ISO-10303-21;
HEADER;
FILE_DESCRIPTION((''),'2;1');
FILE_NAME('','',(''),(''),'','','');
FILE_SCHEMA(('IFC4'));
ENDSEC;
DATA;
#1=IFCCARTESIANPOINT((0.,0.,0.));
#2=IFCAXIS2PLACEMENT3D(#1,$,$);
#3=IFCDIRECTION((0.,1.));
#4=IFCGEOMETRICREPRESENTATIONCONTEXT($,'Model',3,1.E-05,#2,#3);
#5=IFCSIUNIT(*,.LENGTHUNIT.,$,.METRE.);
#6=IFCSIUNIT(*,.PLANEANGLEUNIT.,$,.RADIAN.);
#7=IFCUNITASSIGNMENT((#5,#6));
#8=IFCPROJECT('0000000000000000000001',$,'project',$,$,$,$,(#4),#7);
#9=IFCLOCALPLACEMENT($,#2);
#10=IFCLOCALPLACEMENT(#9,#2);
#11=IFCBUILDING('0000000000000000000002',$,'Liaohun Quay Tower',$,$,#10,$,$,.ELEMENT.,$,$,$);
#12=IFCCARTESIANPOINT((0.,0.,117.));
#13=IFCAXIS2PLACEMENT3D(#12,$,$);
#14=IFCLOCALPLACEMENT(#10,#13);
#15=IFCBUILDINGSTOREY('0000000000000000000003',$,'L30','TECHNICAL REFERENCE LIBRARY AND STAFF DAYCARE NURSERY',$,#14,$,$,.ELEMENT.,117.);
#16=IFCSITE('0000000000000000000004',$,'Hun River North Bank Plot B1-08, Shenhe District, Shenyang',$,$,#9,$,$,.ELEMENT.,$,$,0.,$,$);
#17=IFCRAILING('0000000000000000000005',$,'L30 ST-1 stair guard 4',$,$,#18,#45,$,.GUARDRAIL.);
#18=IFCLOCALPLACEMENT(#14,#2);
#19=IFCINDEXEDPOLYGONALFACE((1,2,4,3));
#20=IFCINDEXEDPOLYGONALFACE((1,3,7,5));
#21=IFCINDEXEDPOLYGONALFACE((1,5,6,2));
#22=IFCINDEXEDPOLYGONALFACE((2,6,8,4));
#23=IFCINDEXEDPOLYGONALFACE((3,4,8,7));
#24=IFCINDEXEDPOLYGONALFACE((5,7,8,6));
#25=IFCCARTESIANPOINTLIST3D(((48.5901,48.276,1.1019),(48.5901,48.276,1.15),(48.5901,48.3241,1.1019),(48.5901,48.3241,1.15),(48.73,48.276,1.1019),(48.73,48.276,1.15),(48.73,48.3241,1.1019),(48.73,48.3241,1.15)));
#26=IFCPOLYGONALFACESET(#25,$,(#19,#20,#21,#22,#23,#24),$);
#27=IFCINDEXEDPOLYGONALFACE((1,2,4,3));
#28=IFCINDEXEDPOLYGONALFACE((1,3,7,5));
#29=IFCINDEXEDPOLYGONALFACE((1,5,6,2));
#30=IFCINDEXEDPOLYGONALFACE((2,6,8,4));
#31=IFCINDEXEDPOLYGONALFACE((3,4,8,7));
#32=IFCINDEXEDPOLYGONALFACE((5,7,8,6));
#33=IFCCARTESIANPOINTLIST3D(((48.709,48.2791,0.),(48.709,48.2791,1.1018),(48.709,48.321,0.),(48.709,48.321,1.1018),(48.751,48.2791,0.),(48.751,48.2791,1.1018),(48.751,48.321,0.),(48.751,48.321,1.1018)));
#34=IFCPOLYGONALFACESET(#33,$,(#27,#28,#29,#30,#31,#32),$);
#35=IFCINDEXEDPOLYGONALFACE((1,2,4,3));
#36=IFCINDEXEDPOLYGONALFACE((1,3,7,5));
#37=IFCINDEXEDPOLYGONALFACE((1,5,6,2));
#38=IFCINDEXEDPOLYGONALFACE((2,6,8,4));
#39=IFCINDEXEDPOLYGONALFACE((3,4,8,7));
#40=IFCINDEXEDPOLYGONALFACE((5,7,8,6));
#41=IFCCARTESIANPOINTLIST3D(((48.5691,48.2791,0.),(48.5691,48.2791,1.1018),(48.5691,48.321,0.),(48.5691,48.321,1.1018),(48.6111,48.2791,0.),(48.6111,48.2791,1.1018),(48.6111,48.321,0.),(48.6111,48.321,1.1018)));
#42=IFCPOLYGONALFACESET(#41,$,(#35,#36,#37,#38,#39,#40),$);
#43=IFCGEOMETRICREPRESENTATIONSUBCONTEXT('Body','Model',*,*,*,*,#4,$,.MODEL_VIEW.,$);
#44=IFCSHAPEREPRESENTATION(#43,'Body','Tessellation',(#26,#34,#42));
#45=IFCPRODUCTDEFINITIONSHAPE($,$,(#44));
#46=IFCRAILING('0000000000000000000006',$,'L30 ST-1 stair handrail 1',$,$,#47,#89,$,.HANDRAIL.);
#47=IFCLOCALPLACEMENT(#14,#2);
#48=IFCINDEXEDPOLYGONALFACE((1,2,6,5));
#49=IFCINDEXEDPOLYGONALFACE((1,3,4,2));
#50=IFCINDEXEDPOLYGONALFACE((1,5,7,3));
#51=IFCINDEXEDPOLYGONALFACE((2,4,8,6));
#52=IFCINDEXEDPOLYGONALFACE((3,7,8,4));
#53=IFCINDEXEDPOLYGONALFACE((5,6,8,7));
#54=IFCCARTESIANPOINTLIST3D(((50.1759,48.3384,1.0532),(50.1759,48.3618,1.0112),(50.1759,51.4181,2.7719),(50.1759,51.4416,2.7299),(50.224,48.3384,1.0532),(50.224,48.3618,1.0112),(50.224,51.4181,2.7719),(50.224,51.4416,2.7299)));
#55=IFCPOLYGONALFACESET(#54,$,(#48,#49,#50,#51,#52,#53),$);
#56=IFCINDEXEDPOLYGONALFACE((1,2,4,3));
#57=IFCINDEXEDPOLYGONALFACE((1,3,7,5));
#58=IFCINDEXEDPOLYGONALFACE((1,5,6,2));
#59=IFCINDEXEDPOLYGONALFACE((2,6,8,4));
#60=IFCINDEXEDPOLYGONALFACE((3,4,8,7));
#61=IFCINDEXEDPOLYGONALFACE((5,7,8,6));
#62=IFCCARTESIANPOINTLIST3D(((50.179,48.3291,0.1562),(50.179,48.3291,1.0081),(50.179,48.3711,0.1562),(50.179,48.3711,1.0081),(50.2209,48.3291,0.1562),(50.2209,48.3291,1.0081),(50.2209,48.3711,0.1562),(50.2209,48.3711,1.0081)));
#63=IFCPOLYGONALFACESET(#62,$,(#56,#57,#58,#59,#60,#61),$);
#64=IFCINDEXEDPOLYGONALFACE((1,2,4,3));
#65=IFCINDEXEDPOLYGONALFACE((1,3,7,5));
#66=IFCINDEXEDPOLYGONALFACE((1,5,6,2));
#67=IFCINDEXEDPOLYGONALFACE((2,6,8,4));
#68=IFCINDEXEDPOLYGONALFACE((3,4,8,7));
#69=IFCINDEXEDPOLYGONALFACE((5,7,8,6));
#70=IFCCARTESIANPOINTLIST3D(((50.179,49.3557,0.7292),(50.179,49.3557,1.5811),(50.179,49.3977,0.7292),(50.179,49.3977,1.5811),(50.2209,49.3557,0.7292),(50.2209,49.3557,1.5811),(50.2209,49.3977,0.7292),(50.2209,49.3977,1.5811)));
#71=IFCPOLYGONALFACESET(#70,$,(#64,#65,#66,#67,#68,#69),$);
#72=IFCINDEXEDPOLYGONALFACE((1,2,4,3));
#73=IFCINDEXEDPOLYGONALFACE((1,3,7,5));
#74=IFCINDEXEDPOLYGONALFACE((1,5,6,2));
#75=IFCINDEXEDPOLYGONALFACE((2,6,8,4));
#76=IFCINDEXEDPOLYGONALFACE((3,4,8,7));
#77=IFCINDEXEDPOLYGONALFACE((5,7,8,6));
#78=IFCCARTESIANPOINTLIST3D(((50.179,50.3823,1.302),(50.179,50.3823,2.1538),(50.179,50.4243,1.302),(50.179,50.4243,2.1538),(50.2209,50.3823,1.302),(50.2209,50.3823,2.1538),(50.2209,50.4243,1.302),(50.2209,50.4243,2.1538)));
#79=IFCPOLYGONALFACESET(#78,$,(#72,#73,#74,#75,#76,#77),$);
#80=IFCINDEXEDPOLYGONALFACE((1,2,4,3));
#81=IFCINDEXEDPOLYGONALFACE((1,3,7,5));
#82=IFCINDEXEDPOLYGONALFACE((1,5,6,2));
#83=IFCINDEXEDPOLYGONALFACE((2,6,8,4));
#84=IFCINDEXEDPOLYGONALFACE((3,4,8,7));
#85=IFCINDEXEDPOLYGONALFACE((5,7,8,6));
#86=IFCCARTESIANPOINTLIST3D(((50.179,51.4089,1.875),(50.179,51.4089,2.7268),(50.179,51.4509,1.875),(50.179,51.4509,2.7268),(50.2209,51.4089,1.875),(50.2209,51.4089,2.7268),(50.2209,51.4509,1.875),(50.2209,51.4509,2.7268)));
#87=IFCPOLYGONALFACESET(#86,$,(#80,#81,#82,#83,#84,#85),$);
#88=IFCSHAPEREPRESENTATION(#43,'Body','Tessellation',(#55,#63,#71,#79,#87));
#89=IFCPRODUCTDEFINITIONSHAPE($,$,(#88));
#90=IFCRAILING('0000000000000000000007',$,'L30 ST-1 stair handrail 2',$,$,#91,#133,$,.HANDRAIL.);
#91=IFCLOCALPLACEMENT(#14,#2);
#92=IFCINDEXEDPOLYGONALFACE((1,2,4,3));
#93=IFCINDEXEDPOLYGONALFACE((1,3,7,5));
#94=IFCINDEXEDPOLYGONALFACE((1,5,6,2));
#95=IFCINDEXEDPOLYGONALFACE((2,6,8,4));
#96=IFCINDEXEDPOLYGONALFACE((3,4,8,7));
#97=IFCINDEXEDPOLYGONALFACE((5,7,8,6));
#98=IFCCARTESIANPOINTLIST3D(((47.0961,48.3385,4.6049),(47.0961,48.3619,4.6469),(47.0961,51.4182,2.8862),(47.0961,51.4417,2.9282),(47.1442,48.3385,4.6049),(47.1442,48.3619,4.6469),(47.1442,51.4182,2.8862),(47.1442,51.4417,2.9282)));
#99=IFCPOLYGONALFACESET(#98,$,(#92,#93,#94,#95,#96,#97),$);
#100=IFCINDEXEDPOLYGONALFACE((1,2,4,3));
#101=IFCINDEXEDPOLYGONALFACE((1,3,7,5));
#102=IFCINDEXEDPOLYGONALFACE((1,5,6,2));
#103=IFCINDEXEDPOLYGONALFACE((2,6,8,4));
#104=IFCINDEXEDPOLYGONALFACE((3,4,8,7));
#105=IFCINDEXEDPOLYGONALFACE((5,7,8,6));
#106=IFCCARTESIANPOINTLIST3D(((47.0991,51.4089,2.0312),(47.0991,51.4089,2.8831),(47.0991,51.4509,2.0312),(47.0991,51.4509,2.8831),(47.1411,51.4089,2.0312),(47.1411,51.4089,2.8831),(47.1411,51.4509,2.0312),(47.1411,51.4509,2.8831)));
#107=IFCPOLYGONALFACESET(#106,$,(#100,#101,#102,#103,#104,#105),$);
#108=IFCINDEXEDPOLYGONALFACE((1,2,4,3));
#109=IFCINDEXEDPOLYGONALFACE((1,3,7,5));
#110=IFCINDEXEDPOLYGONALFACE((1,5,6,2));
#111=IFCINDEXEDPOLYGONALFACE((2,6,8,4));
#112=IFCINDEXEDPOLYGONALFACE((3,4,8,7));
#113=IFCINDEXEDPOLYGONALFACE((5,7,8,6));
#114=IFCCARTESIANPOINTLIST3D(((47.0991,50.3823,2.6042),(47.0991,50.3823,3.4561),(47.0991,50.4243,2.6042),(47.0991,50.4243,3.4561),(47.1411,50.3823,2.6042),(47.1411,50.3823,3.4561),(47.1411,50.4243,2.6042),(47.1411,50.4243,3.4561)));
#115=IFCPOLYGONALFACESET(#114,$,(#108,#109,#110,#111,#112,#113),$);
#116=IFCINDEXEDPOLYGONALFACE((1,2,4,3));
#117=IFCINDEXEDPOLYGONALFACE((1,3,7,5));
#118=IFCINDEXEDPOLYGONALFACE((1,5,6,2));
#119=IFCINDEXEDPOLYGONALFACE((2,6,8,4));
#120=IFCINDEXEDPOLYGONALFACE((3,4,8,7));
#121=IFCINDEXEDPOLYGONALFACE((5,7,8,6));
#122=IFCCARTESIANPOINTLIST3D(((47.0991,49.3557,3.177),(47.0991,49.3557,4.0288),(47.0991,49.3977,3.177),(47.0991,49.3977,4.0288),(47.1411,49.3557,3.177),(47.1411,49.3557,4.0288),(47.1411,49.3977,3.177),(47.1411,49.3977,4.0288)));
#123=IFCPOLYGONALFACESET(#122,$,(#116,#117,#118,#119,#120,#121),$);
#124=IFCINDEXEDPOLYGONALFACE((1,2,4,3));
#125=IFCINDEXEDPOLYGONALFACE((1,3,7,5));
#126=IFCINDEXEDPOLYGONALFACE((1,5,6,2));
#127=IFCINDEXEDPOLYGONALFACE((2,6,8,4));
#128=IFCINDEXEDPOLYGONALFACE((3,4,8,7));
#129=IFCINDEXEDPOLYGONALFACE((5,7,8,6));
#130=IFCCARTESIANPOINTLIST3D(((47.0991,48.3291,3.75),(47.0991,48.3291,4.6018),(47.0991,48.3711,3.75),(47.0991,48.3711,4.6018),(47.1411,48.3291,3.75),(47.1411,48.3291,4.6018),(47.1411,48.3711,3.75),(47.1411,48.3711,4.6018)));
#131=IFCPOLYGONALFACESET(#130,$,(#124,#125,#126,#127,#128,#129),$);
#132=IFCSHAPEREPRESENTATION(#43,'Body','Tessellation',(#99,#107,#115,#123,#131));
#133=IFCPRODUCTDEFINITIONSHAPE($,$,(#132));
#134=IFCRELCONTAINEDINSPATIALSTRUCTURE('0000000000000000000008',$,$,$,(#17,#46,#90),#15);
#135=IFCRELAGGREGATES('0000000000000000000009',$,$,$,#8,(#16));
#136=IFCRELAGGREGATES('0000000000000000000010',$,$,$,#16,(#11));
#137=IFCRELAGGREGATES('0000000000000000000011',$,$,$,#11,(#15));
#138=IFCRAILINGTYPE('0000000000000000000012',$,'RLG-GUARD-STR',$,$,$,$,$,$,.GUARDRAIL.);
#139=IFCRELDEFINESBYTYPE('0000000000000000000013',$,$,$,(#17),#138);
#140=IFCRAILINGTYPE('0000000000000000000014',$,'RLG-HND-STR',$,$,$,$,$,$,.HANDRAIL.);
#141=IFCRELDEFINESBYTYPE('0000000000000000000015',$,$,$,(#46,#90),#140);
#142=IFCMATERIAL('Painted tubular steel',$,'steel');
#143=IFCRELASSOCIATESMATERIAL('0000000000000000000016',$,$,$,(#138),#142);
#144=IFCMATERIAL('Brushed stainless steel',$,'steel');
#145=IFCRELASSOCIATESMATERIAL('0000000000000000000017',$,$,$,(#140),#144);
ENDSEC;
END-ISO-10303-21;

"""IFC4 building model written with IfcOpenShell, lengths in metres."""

from ifc_helpers import new_model, si_unit, direction, frame, origin, origin_2d, place, context, subcontext, project, spatial, rectangle, extrude, material, type_object, element, save


model = new_model("IFC4")

# Units and contexts
model_context = context("Model", 3, precision=1e-05, world=origin(), true_north=direction((0.0, 1.0)))
body_context = subcontext(model_context, "Body", "Model", "MODEL_VIEW")
ifc_project = project(units=[si_unit("LENGTHUNIT", "METRE"), si_unit("PLANEANGLEUNIT", "RADIAN")], contexts=[model_context])

# Site, building, storey
site_placement = place(None, origin())
site = spatial("IfcSite", under=ifc_project, at=site_placement, Name="Hun River North Bank Plot B1-08, Shenhe District, Shenyang", CompositionType="ELEMENT", RefElevation=0.0)
building_placement = place(site_placement, origin())
building = spatial("IfcBuilding", under=site, at=building_placement, Name="Liaohun Quay Tower", CompositionType="ELEMENT")
storey_placement = place(building_placement, frame((0.0, 0.0, 117.0)))
storey = spatial("IfcBuildingStorey", under=building, at=storey_placement, Name="L30", Description="TECHNICAL REFERENCE LIBRARY AND STAFF DAYCARE NURSERY", CompositionType="ELEMENT", Elevation=117.0)

# Railings
ifc_material_1 = material(Name="Painted tubular steel", Category="steel")
railing_type_1 = type_object("IfcRailingType", Name="RLG-GUARD-STR", PredefinedType="GUARDRAIL", material=ifc_material_1)
railing_1_placement = place(storey_placement, frame((48.73, 48.3, 0.0)))
element("IfcRailing", 1, at=railing_1_placement, inside=storey, type_object=railing_type_1, Name="L30 ST-1 stair guard 4", PredefinedType="GUARDRAIL", context=body_context, shape_type="SweptSolid", body=[
    extrude(rectangle(XDim=0.0481, YDim=0.0481, at=origin_2d()), frame((0.0, 0.0, 1.126), z_axis=(-1.0, 0.0, 0.0), x_axis=(0.0, -1.0, 0.0)), (0.0, 0.0, 1.0), 0.1399),
    extrude(rectangle(XDim=0.042, YDim=0.042, at=origin_2d()), origin(), (0.0, 0.0, 1.0), 1.1018),
    extrude(rectangle(XDim=0.042, YDim=0.042, at=origin_2d()), frame((-0.1399, 0.0, 0.0)), (0.0, 0.0, 1.0), 1.1018),
])
ifc_material_2 = material(Name="Brushed stainless steel", Category="steel")
railing_type_2 = type_object("IfcRailingType", Name="RLG-HND-STR", PredefinedType="HANDRAIL", material=ifc_material_2)
railing_2_placement = place(storey_placement, frame((50.2, 48.3501, 0.1562)))
element("IfcRailing", 2, at=railing_2_placement, inside=storey, type_object=railing_type_2, Name="L30 ST-1 stair handrail 1", PredefinedType="HANDRAIL", context=body_context, shape_type="SweptSolid", body=[
    extrude(rectangle(XDim=0.0481, YDim=0.0481, at=origin_2d()), frame((0.0, 0.0, 0.876), z_axis=(0.0, 0.873225, 0.487317), x_axis=(-1.0, 0.0, 0.0)), (0.0, 0.0, 1.0), 3.5269),
    extrude(rectangle(XDim=0.042, YDim=0.042, at=origin_2d()), origin(), (0.0, 0.0, 1.0), 0.8518),
    extrude(rectangle(XDim=0.042, YDim=0.042, at=origin_2d()), frame((0.0, 1.0266, 0.573)), (0.0, 0.0, 1.0), 0.8518),
    extrude(rectangle(XDim=0.042, YDim=0.042, at=origin_2d()), frame((0.0, 2.0532, 1.1458)), (0.0, 0.0, 1.0), 0.8518),
    extrude(rectangle(XDim=0.042, YDim=0.042, at=origin_2d()), frame((0.0, 3.0798, 1.7188)), (0.0, 0.0, 1.0), 0.8518),
])
railing_3_placement = place(storey_placement, frame((47.1201, 51.4299, 2.0312)))
element("IfcRailing", 3, at=railing_3_placement, inside=storey, type_object=railing_type_2, Name="L30 ST-1 stair handrail 2", PredefinedType="HANDRAIL", context=body_context, shape_type="SweptSolid", body=[
    extrude(rectangle(XDim=0.0481, YDim=0.0481, at=origin_2d()), frame((0.0, 0.0, 0.876), z_axis=(0.0, -0.873225, 0.487317), x_axis=(1.0, 0.0, 0.0)), (0.0, 0.0, 1.0), 3.5269),
    extrude(rectangle(XDim=0.042, YDim=0.042, at=origin_2d()), origin(), (0.0, 0.0, 1.0), 0.8518),
    extrude(rectangle(XDim=0.042, YDim=0.042, at=origin_2d()), frame((0.0, -1.0266, 0.573)), (0.0, 0.0, 1.0), 0.8518),
    extrude(rectangle(XDim=0.042, YDim=0.042, at=origin_2d()), frame((0.0, -2.0532, 1.1458)), (0.0, 0.0, 1.0), 0.8518),
    extrude(rectangle(XDim=0.042, YDim=0.042, at=origin_2d()), frame((0.0, -3.0798, 1.7188)), (0.0, 0.0, 1.0), 0.8518),
])

save(model, "model.ifc")
